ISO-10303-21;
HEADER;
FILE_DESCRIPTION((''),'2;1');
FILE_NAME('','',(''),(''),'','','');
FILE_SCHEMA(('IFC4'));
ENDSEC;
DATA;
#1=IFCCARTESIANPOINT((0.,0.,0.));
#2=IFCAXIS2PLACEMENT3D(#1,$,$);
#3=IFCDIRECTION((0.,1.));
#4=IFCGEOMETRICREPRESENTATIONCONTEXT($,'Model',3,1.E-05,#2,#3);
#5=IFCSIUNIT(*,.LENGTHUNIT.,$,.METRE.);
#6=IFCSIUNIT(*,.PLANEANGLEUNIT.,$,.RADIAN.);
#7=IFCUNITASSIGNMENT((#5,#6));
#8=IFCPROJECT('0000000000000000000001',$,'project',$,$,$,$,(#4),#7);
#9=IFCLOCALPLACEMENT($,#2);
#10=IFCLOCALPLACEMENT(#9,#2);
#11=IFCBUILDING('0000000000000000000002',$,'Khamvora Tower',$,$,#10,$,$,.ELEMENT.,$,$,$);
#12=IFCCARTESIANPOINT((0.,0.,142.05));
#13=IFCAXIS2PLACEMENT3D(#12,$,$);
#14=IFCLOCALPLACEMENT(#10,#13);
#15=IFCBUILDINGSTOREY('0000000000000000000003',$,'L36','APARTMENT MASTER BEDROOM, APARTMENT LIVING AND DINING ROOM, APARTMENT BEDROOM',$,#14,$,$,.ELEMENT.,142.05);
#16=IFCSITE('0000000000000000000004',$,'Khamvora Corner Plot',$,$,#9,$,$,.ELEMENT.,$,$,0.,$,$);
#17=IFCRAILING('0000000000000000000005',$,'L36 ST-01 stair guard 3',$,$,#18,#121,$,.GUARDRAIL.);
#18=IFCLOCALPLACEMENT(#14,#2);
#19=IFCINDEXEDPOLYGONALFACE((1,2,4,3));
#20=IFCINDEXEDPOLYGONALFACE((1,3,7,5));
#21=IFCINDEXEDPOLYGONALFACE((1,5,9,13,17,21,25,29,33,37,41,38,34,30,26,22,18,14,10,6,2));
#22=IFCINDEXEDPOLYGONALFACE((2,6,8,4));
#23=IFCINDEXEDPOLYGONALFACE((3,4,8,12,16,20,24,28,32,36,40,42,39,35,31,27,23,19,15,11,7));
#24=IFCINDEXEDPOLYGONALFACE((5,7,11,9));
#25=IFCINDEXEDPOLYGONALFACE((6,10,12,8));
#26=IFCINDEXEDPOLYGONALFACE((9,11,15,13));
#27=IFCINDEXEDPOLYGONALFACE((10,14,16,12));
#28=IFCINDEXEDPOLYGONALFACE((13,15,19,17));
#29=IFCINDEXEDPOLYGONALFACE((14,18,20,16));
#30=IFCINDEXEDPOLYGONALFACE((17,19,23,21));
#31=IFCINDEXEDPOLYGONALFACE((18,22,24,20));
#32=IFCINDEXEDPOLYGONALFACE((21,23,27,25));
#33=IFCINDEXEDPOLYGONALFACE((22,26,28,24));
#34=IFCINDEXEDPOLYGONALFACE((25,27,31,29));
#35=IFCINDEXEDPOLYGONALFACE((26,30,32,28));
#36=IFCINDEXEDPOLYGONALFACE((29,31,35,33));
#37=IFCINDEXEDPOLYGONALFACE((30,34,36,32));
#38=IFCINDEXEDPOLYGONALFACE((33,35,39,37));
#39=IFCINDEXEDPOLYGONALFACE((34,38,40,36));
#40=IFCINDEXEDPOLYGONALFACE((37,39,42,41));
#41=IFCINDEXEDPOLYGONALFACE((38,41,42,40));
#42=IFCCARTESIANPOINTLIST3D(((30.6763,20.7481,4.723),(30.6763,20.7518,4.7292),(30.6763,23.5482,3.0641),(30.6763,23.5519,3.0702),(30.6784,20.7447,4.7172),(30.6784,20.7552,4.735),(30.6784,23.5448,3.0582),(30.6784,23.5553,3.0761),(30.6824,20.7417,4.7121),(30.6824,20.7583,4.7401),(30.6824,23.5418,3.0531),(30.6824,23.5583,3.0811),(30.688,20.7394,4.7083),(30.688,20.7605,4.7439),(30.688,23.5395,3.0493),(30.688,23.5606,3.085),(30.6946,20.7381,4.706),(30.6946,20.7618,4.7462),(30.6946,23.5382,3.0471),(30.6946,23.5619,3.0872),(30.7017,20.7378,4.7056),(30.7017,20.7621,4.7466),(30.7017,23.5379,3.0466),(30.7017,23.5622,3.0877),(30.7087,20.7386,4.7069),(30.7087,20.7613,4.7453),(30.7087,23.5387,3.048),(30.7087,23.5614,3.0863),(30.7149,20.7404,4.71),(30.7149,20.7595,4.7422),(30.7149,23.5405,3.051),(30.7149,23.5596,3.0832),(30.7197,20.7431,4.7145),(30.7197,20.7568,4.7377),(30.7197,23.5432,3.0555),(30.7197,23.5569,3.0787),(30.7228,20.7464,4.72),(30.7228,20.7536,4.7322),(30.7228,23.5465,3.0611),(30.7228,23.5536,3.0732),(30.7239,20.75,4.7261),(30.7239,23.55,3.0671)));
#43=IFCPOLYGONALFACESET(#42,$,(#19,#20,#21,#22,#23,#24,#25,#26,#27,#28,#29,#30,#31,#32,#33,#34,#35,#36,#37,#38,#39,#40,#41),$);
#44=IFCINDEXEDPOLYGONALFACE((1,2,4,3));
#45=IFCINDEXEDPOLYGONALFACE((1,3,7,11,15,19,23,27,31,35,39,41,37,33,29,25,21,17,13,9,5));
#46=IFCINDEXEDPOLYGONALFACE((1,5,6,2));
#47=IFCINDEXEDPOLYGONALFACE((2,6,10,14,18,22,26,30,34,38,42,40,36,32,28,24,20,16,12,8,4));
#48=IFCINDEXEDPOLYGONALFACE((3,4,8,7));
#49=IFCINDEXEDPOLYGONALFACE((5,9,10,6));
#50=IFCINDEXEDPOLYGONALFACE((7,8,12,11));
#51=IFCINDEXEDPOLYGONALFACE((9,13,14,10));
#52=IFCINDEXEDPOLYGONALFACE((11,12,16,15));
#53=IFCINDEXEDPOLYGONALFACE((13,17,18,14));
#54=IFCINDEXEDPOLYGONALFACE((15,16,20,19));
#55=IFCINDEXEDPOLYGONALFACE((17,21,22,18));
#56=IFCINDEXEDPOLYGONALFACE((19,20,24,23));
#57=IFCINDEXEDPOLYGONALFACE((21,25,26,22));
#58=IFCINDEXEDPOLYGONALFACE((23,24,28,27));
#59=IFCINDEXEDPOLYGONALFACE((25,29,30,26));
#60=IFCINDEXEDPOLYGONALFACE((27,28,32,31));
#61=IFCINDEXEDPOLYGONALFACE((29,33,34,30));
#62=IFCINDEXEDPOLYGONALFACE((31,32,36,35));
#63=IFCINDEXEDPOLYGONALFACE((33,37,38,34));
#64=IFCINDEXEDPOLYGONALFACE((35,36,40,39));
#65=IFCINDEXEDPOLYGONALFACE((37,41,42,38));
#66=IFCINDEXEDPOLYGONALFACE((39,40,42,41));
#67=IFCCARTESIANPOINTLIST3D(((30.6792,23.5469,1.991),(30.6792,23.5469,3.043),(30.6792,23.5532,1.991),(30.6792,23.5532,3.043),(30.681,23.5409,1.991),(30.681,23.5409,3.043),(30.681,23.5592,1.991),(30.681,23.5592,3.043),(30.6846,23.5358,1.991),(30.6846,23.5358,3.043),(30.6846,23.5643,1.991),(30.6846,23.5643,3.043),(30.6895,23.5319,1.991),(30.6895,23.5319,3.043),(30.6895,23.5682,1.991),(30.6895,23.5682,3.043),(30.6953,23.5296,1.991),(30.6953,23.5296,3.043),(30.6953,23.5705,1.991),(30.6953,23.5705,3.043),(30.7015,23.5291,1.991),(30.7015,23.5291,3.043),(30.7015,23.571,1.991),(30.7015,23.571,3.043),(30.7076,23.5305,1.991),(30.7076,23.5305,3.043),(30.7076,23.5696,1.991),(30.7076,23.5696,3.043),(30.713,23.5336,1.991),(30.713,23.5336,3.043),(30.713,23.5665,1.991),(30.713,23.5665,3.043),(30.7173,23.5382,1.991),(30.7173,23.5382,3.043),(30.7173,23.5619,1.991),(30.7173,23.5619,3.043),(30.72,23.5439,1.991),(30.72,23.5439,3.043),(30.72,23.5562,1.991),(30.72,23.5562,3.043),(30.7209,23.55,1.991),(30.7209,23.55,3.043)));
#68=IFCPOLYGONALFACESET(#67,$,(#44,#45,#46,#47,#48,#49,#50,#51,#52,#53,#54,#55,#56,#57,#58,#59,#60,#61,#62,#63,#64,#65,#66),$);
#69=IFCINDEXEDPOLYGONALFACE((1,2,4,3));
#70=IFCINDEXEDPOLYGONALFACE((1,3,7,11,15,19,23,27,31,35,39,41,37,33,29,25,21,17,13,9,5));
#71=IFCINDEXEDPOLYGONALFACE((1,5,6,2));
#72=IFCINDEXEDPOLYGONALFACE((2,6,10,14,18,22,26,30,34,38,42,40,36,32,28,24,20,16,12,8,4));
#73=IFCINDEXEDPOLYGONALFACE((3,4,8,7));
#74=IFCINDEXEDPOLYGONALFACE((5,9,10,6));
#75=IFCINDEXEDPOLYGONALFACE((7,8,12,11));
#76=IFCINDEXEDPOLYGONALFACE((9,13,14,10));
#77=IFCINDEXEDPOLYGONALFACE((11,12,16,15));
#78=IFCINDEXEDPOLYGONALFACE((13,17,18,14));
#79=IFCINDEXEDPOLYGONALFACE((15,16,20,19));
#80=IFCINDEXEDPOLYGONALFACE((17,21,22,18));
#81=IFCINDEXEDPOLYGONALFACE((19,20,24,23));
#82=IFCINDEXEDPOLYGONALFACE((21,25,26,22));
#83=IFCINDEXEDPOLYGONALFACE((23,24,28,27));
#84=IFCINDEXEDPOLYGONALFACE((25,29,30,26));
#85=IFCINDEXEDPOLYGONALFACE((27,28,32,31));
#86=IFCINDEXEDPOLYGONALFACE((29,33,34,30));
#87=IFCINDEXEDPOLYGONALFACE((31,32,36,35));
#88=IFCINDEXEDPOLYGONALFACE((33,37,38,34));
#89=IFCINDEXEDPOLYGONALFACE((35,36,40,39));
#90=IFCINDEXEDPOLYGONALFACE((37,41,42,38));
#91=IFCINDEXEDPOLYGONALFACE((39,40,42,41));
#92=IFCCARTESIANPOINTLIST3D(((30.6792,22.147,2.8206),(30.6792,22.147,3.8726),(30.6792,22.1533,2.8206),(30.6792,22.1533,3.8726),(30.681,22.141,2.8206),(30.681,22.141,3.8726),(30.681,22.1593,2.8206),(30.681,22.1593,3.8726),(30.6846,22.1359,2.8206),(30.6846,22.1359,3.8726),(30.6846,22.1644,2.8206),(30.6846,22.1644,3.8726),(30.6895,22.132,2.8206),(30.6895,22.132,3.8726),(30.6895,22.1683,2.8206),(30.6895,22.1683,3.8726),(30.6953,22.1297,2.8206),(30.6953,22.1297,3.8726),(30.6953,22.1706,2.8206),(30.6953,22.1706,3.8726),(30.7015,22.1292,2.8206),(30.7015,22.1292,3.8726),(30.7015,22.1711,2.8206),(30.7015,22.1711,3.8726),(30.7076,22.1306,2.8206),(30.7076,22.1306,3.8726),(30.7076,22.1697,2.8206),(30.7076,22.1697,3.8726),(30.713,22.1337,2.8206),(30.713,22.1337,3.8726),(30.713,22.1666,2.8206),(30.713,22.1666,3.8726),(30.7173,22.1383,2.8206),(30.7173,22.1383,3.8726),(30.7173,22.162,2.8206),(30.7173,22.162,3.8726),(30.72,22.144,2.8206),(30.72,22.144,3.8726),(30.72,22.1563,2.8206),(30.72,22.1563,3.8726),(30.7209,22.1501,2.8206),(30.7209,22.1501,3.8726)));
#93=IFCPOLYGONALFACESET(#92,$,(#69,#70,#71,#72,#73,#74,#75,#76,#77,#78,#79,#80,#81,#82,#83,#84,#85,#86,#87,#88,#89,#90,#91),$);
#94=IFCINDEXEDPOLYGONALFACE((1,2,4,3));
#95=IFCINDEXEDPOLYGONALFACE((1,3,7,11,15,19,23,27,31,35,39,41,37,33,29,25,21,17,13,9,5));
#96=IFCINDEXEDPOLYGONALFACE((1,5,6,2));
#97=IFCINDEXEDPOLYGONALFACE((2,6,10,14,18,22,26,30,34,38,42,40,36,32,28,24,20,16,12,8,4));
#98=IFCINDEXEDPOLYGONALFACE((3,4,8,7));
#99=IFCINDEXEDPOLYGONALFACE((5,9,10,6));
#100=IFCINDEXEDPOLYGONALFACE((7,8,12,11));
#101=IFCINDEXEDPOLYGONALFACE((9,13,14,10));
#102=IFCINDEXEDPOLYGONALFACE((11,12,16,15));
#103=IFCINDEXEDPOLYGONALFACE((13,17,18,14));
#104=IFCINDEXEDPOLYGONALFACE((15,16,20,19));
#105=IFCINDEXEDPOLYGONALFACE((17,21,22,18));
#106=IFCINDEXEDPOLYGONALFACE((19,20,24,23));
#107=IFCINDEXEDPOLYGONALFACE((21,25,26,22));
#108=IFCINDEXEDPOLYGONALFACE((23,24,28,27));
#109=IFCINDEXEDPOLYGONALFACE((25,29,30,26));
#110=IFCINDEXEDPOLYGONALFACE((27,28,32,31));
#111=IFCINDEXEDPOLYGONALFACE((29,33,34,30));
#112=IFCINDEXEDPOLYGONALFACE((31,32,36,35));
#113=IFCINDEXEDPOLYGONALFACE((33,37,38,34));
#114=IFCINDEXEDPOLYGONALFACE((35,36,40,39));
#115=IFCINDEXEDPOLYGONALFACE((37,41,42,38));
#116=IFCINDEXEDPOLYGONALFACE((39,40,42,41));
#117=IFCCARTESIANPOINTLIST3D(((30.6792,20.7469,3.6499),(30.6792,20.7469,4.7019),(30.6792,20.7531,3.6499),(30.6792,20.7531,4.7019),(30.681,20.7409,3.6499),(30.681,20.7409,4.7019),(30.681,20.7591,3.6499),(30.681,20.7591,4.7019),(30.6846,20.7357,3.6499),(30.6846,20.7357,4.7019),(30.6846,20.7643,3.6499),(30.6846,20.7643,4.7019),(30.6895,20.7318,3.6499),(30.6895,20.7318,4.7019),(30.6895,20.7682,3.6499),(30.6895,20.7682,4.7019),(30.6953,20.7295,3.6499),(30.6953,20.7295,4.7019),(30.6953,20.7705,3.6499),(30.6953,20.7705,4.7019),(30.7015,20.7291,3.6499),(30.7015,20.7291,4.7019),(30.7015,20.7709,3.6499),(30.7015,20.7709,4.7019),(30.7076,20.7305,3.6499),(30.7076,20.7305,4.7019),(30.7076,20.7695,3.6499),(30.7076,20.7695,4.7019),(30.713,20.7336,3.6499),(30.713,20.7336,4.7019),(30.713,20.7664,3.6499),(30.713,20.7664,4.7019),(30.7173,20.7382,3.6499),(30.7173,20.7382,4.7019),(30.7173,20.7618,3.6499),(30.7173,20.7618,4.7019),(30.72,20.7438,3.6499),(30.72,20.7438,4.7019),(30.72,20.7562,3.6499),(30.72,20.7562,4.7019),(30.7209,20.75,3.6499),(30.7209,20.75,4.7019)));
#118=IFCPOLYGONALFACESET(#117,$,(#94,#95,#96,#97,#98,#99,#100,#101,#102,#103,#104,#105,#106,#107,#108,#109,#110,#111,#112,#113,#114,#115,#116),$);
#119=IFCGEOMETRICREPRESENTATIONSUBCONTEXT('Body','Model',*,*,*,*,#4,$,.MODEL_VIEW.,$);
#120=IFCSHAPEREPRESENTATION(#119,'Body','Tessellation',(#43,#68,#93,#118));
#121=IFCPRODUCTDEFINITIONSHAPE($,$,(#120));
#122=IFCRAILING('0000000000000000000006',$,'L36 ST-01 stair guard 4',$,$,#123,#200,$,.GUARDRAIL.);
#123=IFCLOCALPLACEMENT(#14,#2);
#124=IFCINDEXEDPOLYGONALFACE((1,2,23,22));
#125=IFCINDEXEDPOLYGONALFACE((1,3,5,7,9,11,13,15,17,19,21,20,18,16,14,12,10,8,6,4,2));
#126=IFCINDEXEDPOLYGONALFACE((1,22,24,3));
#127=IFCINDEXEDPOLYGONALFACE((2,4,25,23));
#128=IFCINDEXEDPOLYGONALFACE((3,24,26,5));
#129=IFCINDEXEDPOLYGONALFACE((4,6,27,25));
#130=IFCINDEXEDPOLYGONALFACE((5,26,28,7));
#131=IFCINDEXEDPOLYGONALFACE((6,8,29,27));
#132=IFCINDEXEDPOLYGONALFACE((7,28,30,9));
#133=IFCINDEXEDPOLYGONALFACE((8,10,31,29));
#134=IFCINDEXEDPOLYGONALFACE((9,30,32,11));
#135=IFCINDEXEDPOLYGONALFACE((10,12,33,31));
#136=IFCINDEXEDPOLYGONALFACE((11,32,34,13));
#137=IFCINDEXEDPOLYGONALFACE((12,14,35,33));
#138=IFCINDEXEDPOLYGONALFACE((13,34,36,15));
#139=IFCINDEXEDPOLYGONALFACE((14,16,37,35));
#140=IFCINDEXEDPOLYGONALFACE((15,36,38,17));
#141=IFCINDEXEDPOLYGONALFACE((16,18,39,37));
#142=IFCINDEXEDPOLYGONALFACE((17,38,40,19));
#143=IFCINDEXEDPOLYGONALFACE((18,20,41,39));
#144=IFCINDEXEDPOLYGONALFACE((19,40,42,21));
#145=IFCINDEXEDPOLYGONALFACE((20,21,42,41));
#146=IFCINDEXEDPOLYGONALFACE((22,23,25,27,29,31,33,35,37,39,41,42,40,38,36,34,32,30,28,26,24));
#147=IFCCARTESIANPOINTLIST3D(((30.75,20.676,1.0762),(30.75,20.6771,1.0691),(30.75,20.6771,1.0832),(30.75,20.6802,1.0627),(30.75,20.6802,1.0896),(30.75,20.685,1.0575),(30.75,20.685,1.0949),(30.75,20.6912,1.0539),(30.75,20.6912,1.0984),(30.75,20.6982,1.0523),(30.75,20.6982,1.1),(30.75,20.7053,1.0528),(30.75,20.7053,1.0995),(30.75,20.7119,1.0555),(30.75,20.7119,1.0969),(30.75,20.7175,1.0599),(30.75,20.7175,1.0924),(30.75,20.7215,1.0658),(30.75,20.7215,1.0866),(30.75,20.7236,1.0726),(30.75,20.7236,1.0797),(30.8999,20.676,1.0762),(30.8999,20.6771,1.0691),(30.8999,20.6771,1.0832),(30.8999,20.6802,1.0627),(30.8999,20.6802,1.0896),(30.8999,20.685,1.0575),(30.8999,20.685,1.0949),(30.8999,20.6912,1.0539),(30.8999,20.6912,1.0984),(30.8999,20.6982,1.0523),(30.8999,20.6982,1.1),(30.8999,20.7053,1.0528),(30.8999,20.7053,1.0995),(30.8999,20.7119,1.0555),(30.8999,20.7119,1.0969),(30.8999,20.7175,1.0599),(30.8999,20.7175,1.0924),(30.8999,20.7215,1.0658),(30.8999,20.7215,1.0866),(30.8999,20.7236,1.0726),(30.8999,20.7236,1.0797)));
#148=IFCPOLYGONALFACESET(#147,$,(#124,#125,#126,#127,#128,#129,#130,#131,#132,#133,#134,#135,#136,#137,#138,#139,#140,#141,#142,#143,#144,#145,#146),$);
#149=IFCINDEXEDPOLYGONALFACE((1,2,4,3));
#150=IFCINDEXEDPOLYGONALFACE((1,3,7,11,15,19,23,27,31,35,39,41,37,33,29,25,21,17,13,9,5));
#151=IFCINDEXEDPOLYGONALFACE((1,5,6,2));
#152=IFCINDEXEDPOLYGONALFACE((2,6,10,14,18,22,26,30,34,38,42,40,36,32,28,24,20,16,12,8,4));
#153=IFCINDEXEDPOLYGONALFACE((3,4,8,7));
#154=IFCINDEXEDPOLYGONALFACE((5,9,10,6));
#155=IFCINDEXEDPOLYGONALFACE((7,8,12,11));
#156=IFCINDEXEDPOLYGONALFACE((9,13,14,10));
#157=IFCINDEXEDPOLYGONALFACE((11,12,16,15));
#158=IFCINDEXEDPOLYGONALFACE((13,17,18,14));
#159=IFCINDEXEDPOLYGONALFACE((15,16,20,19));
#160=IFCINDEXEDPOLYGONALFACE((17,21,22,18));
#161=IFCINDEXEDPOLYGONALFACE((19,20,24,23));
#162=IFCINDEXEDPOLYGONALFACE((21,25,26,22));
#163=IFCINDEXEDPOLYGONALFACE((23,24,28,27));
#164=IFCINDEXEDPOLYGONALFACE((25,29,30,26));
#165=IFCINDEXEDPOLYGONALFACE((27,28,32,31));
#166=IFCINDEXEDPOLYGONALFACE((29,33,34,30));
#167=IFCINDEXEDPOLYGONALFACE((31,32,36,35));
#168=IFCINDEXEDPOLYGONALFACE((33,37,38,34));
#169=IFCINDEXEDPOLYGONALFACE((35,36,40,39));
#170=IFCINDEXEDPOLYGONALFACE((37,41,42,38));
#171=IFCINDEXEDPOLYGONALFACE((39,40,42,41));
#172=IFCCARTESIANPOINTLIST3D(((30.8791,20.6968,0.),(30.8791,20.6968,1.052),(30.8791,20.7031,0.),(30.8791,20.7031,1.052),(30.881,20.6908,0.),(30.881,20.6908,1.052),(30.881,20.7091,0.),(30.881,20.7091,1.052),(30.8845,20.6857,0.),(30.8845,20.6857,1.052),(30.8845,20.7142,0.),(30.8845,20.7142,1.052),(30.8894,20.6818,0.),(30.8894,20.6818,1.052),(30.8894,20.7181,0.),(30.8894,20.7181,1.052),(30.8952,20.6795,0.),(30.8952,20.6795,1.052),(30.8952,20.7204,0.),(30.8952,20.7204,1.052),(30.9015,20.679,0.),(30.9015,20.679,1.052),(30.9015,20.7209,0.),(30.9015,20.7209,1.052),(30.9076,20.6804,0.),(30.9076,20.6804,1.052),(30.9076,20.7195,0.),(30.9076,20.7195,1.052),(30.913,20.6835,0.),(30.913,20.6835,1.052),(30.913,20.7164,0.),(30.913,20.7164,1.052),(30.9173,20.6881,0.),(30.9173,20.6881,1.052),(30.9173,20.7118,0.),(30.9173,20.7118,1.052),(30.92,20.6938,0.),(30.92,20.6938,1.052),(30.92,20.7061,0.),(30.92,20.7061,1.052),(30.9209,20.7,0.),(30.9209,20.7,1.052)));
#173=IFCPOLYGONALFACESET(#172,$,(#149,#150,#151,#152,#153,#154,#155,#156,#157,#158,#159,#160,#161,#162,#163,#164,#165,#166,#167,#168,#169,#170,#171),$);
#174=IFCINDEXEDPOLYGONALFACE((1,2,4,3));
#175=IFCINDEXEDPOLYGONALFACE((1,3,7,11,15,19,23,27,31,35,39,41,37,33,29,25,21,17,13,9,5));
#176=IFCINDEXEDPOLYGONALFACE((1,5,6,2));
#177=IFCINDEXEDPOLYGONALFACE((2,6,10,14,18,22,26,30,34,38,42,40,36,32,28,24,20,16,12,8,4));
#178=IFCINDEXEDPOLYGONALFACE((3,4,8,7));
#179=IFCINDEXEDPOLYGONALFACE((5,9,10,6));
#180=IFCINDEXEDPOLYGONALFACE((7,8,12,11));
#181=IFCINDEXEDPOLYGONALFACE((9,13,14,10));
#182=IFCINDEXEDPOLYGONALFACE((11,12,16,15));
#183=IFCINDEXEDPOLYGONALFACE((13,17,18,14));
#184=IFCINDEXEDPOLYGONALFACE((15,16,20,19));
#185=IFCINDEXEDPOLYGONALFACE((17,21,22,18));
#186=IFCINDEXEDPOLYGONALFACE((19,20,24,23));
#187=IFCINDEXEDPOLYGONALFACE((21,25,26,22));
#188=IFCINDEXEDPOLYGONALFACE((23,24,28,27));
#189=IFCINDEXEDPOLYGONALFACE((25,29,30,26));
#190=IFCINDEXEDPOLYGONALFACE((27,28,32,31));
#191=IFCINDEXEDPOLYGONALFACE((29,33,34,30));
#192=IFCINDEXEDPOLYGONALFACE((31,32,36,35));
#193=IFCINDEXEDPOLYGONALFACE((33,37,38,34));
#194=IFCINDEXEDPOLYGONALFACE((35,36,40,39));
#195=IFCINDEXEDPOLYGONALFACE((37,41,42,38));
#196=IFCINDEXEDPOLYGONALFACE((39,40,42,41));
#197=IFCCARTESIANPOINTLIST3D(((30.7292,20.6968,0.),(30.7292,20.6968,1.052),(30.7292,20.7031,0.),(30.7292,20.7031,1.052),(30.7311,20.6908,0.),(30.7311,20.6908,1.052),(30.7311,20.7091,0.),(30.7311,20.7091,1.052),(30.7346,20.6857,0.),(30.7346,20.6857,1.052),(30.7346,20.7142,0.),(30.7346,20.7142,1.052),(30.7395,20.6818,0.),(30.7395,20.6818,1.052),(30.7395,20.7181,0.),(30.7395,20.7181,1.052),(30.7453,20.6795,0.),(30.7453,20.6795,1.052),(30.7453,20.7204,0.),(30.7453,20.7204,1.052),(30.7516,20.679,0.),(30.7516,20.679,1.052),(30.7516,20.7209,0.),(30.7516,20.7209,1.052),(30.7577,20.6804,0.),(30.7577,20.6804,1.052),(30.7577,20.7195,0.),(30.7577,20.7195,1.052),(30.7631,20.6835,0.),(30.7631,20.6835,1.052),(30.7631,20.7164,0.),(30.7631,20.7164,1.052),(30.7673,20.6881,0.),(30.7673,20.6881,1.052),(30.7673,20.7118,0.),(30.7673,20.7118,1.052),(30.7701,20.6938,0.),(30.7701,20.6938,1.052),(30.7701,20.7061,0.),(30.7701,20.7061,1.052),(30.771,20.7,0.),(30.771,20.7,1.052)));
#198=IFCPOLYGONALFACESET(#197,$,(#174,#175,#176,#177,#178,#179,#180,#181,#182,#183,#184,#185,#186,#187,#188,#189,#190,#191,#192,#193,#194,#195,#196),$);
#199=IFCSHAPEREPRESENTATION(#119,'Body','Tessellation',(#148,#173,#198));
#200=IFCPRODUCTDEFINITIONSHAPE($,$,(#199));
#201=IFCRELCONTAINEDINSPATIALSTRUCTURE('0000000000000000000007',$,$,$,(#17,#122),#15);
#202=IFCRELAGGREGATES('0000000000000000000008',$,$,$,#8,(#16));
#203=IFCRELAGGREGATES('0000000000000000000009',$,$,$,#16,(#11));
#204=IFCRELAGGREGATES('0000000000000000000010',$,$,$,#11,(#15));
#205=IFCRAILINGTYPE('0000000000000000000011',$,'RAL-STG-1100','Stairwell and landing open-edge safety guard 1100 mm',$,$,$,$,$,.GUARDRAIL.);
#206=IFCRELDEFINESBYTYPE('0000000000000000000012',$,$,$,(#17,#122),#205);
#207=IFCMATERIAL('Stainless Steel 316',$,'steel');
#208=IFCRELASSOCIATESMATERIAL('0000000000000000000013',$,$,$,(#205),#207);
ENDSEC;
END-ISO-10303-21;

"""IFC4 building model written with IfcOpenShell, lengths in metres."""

from ifc_helpers import new_model, si_unit, direction, frame, origin, origin_2d, place, context, subcontext, project, spatial, circle, extrude, material, type_object, element, save


model = new_model("IFC4")

# Units and contexts
model_context = context("Model", 3, precision=1e-05, world=origin(), true_north=direction((0.0, 1.0)))
body_context = subcontext(model_context, "Body", "Model", "MODEL_VIEW")
ifc_project = project(units=[si_unit("LENGTHUNIT", "METRE"), si_unit("PLANEANGLEUNIT", "RADIAN")], contexts=[model_context])

# Site, building, storey
site_placement = place(None, origin())
site = spatial("IfcSite", under=ifc_project, at=site_placement, Name="Khamvora Corner Plot", CompositionType="ELEMENT", RefElevation=0.0)
building_placement = place(site_placement, origin())
building = spatial("IfcBuilding", under=site, at=building_placement, Name="Khamvora Tower", CompositionType="ELEMENT")
storey_placement = place(building_placement, frame((0.0, 0.0, 142.05)))
storey = spatial("IfcBuildingStorey", under=building, at=storey_placement, Name="L36", Description="APARTMENT MASTER BEDROOM, APARTMENT LIVING AND DINING ROOM, APARTMENT BEDROOM", CompositionType="ELEMENT", Elevation=142.05)

# Railings
ifc_material_1 = material(Name="Stainless Steel 316", Category="steel")
railing_type_1 = type_object("IfcRailingType", Name="RAL-STG-1100", Description="Stairwell and landing open-edge safety guard 1100 mm", PredefinedType="GUARDRAIL", material=ifc_material_1)
railing_1_placement = place(storey_placement, frame((30.7, 23.55, 1.991)))
element("IfcRailing", 1, at=railing_1_placement, inside=storey, type_object=railing_type_1, Name="L36 ST-01 stair guard 3", PredefinedType="GUARDRAIL", context=body_context, shape_type="SweptSolid", body=[
    extrude(circle(Radius=0.0239, at=origin_2d()), frame((0.0, 0.0, 1.0762), z_axis=(0.0, -0.860339, 0.509722), x_axis=(1.0, 0.0, 0.0)), (0.0, 0.0, 1.0), 3.2546),
    extrude(circle(Radius=0.021, at=origin_2d()), origin(), (0.0, 0.0, 1.0), 1.052),
    extrude(circle(Radius=0.021, at=origin_2d()), frame((0.0, -1.3999, 0.8296)), (0.0, 0.0, 1.0), 1.052),
    extrude(circle(Radius=0.021, at=origin_2d()), frame((0.0, -2.8, 1.6589)), (0.0, 0.0, 1.0), 1.052),
])
railing_2_placement = place(storey_placement, frame((30.8999, 20.7, 0.0)))
element("IfcRailing", 2, at=railing_2_placement, inside=storey, type_object=railing_type_1, Name="L36 ST-01 stair guard 4", PredefinedType="GUARDRAIL", context=body_context, shape_type="SweptSolid", body=[
    extrude(circle(Radius=0.0239, at=origin_2d()), frame((0.0, 0.0, 1.0762), z_axis=(-1.0, 0.0, 0.0), x_axis=(0.0, -1.0, 0.0)), (0.0, 0.0, 1.0), 0.1499),
    extrude(circle(Radius=0.021, at=origin_2d()), origin(), (0.0, 0.0, 1.0), 1.052),
    extrude(circle(Radius=0.021, at=origin_2d()), frame((-0.1499, 0.0, 0.0)), (0.0, 0.0, 1.0), 1.052),
])

save(model, "model.ifc")
